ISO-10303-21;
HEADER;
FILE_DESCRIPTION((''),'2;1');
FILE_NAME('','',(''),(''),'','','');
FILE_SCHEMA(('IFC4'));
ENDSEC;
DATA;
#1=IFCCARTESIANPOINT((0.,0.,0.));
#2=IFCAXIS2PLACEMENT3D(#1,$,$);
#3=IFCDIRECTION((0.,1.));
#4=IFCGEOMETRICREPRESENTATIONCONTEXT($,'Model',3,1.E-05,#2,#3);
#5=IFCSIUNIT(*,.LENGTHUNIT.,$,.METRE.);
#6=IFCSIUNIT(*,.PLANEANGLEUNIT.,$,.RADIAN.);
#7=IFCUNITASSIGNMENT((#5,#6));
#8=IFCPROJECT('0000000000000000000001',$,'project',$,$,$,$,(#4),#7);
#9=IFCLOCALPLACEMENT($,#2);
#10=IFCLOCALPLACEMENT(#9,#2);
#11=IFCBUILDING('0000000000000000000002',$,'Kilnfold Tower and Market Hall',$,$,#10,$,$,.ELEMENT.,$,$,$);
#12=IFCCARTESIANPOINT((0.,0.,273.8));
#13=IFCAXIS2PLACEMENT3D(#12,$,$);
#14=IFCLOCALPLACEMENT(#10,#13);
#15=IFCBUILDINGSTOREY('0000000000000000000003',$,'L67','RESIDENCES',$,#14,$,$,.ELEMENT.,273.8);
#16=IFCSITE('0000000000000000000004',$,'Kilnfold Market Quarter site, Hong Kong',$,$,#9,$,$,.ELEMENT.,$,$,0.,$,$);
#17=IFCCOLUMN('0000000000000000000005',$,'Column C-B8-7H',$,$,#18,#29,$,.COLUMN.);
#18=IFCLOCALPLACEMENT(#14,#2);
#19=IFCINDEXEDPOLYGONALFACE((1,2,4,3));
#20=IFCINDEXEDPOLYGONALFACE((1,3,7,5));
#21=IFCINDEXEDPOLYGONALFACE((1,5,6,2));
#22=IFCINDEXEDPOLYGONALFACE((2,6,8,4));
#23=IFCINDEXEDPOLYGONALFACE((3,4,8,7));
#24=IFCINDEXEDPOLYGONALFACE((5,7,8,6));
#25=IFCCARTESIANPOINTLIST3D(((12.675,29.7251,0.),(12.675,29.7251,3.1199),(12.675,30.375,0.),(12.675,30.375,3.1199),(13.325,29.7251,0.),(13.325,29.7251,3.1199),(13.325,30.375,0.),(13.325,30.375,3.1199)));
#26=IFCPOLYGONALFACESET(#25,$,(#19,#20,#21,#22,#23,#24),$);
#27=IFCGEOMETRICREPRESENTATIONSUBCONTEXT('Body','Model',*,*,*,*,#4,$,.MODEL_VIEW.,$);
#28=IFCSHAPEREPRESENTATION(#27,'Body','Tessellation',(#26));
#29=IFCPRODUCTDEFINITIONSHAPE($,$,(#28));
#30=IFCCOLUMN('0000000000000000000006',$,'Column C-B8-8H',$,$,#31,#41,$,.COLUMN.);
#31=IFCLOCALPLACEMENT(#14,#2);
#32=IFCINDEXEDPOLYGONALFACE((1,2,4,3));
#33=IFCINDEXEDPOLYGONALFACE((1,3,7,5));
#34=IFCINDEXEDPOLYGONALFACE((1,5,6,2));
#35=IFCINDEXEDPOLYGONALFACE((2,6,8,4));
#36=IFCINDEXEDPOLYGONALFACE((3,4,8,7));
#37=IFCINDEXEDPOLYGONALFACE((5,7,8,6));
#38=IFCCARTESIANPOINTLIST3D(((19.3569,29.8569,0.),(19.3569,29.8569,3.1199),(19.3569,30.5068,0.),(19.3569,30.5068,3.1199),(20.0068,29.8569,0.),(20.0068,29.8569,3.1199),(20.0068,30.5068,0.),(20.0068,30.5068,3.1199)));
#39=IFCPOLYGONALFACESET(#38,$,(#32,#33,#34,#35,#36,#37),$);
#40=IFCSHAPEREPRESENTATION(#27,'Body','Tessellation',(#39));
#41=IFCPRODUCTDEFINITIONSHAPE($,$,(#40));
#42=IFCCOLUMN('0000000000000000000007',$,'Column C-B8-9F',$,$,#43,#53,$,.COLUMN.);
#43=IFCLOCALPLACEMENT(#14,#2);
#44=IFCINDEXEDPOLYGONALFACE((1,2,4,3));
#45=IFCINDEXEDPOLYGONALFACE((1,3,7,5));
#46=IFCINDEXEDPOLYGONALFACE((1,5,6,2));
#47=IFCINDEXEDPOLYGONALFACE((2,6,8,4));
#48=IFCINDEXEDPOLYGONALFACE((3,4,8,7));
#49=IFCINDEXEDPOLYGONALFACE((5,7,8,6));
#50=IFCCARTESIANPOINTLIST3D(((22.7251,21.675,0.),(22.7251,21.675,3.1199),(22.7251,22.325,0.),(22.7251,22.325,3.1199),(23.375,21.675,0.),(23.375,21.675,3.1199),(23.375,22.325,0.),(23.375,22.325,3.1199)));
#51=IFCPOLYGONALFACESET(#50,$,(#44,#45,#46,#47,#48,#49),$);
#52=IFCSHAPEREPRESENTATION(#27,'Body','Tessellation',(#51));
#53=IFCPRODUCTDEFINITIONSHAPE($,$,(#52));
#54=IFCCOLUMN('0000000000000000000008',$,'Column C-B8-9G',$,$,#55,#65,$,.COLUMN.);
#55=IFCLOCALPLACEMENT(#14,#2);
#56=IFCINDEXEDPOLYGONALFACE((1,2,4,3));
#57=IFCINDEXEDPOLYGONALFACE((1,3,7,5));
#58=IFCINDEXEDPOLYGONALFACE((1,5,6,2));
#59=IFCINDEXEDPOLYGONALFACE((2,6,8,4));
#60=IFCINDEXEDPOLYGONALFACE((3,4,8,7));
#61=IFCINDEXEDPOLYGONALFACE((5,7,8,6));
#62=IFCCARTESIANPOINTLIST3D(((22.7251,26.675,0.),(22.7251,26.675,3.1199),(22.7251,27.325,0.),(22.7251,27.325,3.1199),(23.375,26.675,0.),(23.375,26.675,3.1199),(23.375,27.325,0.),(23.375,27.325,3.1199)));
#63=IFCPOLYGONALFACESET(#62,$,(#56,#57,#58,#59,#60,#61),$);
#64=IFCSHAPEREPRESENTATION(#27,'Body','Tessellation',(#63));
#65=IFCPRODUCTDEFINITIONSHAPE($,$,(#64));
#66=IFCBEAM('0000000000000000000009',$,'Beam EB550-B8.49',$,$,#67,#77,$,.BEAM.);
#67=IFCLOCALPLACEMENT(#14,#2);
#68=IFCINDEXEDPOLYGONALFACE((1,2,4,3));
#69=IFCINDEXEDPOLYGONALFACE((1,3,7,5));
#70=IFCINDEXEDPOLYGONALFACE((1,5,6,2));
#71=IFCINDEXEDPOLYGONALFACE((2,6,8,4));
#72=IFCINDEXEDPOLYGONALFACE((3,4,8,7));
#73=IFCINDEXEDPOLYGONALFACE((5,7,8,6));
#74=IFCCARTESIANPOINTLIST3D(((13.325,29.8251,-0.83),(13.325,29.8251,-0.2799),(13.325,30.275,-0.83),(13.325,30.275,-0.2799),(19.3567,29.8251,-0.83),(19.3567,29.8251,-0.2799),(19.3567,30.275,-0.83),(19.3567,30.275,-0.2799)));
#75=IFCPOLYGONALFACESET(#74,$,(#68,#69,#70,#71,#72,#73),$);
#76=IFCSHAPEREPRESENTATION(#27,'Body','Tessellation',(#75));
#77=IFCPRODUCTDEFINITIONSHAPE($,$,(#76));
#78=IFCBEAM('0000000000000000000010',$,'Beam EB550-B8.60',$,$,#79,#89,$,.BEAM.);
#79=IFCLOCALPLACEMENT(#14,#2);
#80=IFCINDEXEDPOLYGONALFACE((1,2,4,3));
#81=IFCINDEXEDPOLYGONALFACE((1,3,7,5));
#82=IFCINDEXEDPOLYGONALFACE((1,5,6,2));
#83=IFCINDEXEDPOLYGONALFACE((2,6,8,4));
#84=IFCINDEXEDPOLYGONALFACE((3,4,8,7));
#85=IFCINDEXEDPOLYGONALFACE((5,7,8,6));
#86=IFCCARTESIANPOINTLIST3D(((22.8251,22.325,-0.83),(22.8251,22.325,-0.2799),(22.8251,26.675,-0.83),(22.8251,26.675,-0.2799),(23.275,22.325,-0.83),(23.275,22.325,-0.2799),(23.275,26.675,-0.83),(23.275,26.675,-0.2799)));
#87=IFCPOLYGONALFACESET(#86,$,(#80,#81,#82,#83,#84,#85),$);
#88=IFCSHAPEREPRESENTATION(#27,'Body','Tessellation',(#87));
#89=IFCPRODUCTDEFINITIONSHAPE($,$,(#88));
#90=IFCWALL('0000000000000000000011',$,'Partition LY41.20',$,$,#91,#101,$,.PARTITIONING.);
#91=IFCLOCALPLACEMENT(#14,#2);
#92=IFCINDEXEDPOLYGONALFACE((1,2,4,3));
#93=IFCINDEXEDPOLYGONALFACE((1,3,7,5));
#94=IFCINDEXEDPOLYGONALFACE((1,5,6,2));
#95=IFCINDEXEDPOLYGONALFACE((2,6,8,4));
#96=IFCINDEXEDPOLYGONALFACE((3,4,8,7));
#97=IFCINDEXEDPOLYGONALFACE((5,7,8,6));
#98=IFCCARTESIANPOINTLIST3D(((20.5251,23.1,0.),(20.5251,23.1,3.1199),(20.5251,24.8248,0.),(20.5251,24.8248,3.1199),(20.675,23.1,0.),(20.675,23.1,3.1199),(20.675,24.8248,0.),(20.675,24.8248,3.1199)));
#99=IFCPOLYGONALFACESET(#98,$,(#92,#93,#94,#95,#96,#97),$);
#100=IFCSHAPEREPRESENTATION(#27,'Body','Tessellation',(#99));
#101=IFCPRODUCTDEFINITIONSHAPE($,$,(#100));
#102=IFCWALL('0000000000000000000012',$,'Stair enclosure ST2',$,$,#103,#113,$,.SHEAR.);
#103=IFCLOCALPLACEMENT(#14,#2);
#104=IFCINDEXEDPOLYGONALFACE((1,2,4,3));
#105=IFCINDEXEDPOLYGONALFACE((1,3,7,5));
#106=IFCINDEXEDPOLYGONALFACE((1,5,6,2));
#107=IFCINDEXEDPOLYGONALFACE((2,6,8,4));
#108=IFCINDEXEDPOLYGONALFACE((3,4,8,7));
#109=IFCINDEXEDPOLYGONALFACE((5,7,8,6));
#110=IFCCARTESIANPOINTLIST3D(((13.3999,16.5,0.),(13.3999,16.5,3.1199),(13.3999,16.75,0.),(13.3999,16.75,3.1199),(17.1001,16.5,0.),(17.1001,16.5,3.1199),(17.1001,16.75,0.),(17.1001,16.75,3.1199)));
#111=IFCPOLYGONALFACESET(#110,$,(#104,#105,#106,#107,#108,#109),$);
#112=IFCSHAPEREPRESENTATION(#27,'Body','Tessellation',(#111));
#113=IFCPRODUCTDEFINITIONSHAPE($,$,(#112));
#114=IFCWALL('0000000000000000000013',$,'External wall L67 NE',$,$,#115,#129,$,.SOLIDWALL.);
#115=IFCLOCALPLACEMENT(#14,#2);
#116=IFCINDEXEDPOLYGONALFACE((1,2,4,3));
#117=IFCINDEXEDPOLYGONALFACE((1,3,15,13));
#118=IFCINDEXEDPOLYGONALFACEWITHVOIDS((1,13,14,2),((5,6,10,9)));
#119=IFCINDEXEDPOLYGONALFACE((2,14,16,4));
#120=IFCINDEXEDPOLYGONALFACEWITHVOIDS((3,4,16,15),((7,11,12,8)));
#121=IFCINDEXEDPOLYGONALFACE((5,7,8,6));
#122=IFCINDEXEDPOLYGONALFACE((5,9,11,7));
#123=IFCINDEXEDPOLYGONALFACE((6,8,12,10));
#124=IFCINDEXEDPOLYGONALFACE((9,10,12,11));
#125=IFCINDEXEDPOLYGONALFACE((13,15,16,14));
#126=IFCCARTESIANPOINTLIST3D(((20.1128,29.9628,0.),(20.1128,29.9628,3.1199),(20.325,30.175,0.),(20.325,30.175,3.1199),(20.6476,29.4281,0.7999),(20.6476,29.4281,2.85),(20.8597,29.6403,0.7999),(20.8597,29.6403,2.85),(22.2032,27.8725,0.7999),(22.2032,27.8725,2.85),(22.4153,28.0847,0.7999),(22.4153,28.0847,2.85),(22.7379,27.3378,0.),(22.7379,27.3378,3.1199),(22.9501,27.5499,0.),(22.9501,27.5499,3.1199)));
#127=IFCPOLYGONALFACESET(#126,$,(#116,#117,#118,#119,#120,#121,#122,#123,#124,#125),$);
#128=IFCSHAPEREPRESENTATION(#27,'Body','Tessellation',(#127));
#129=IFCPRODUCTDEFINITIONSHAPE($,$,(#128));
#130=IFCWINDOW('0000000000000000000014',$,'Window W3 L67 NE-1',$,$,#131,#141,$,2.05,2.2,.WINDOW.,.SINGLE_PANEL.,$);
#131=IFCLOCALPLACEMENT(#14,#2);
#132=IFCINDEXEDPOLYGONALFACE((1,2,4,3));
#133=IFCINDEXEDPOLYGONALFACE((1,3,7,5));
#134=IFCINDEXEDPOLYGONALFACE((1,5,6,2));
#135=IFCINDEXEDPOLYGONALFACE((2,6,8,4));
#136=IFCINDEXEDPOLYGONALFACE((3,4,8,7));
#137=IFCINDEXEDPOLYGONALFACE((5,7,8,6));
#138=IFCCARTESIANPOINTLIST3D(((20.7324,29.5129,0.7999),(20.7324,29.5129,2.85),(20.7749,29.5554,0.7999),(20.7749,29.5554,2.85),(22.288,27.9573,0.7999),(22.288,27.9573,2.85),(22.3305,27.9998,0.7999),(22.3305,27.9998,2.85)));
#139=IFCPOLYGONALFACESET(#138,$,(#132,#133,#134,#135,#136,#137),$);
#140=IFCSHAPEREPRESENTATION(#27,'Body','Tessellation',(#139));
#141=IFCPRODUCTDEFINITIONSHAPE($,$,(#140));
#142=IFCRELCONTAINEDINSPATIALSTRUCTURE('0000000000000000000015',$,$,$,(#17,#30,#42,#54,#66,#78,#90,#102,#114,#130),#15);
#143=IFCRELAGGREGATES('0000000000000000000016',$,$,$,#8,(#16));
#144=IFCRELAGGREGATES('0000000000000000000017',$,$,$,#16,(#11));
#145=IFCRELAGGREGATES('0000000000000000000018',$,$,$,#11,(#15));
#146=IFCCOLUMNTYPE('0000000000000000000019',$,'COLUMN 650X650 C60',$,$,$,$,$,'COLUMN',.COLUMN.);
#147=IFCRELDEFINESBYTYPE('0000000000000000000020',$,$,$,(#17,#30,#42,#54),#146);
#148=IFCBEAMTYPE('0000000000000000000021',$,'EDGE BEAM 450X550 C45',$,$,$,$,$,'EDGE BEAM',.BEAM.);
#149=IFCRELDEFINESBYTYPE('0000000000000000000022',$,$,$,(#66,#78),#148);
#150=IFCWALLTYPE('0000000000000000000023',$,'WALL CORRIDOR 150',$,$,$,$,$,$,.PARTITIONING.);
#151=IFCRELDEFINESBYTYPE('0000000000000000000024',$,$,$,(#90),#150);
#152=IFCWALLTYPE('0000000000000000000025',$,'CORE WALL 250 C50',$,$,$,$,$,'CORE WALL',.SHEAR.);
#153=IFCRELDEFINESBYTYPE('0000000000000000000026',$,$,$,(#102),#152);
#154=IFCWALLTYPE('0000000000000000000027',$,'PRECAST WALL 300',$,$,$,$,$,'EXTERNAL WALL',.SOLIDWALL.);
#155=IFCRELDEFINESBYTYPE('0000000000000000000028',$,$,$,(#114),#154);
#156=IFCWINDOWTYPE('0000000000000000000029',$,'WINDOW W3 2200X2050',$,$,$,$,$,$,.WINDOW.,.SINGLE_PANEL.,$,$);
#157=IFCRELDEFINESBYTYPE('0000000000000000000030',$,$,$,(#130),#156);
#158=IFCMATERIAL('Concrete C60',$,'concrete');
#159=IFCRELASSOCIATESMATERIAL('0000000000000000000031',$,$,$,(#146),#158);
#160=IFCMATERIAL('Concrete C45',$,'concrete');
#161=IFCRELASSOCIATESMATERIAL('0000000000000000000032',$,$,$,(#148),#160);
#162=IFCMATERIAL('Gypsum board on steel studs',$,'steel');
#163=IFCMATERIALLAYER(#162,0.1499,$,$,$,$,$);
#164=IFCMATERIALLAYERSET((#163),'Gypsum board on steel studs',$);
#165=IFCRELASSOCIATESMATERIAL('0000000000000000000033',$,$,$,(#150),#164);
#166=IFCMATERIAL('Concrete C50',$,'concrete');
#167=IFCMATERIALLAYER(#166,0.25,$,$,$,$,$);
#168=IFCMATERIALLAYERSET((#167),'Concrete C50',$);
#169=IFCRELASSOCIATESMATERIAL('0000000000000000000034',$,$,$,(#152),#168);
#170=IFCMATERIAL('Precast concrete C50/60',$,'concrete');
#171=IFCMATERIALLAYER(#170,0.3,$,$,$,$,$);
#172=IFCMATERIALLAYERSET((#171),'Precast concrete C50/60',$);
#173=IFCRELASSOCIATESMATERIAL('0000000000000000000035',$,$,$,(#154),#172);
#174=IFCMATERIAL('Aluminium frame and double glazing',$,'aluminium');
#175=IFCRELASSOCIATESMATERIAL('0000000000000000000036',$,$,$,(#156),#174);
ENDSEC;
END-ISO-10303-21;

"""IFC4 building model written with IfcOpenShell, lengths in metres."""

from ifc_helpers import new_model, si_unit, direction, frame, frame_2d, origin, origin_2d, place, context, subcontext, project, spatial, rectangle, extrude, source, transform, mapped, material, layer, layer_set, material_profile, profile_set, type_object, element, fill, save


model = new_model("IFC4")

# Units and contexts
model_context = context("Model", 3, precision=1e-05, world=origin(), true_north=direction((0.0, 1.0)))
body_context = subcontext(model_context, "Body", "Model", "MODEL_VIEW")
ifc_project = project(units=[si_unit("LENGTHUNIT", "METRE"), si_unit("PLANEANGLEUNIT", "RADIAN")], contexts=[model_context])

# Site, building, storey
site_placement = place(None, origin())
site = spatial("IfcSite", under=ifc_project, at=site_placement, Name="Kilnfold Market Quarter site, Hong Kong", CompositionType="ELEMENT", RefElevation=0.0)
building_placement = place(site_placement, origin())
building = spatial("IfcBuilding", under=site, at=building_placement, Name="Kilnfold Tower and Market Hall", CompositionType="ELEMENT")
storey_placement = place(building_placement, frame((0.0, 0.0, 273.8)))
storey = spatial("IfcBuildingStorey", under=building, at=storey_placement, Name="L67", Description="RESIDENCES", CompositionType="ELEMENT", Elevation=273.8)

# Columns
ifc_material_1 = material(Name="Concrete C60", Category="concrete")
ifc_material_profile_1 = material_profile(ifc_material_1, rectangle(XDim=0.6499, YDim=0.6499, at=origin_2d()), Name="RC 650x650")
ifc_profile_set_1 = profile_set([ifc_material_profile_1], Name="Concrete C60")
column_type = type_object("IfcColumnType", Name="COLUMN 650X650 C60", ElementType="COLUMN", PredefinedType="COLUMN", material=ifc_profile_set_1)
shared_shape_1 = source(origin(), body_context, "Body", "SweptSolid", [
    extrude(rectangle(XDim=0.6499, YDim=0.6499, at=origin_2d()), origin(), (0.0, 0.0, 1.0), 3.1199),
])
for number, where, z_axis, x_axis, name in (
    (1, (13.0, 30.05, 0.0), (0.0, 0.0, 1.0), (1.0, 0.0, 0.0), "Column C-B8-7H"),
    (2, (19.6819, 30.1819, 0.0), (0.0, 0.0, 1.0), (1.0, 0.0, 0.0), "Column C-B8-8H"),
    (3, (23.05, 22.0, 0.0), (0.0, 0.0, 1.0), (1.0, 0.0, 0.0), "Column C-B8-9F"),
    (4, (23.05, 27.0, 0.0), (0.0, 0.0, 1.0), (1.0, 0.0, 0.0), "Column C-B8-9G"),
):
    element("IfcColumn", number, at=place(storey_placement, frame(where, z_axis=z_axis, x_axis=x_axis)), inside=storey, type_object=column_type, Name=name, PredefinedType="COLUMN", context=body_context, shape_type="MappedRepresentation", body=[
        mapped(shared_shape_1, transform((0.0, 0.0, 0.0))),
    ])

# Beams
ifc_material_2 = material(Name="Concrete C45", Category="concrete")
ifc_material_profile_2 = material_profile(ifc_material_2, rectangle(XDim=0.45, YDim=0.55, at=origin_2d()), Name="RC 450x550")
ifc_profile_set_2 = profile_set([ifc_material_profile_2], Name="Concrete C45")
beam_type = type_object("IfcBeamType", Name="EDGE BEAM 450X550 C45", ElementType="EDGE BEAM", PredefinedType="BEAM", material=ifc_profile_set_2)
shared_shape_2 = source(origin(), body_context, "Body", "SweptSolid", [
    extrude(rectangle(XDim=0.45, YDim=0.55, at=origin_2d()), origin(), (0.0, 0.0, 1.0), 6.0317),
])
beam_1_placement = place(storey_placement, frame((13.325, 30.05, -0.5549), z_axis=(1.0, 0.0, 0.0), x_axis=(0.0, 1.0, 0.0)))
element("IfcBeam", 5, at=beam_1_placement, inside=storey, type_object=beam_type, Name="Beam EB550-B8.49", PredefinedType="BEAM", context=body_context, shape_type="MappedRepresentation", body=[
    mapped(shared_shape_2, transform((0.0, 0.0, 0.0))),
])
shared_shape_3 = source(origin(), body_context, "Body", "SweptSolid", [
    extrude(rectangle(XDim=0.45, YDim=0.55, at=origin_2d()), origin(), (0.0, 0.0, 1.0), 4.3501),
])
beam_2_placement = place(storey_placement, frame((23.05, 22.325, -0.5549), z_axis=(0.0, 1.0, 0.0), x_axis=(-1.0, 0.0, 0.0)))
element("IfcBeam", 6, at=beam_2_placement, inside=storey, type_object=beam_type, Name="Beam EB550-B8.60", PredefinedType="BEAM", context=body_context, shape_type="MappedRepresentation", body=[
    mapped(shared_shape_3, transform((0.0, 0.0, 0.0))),
])

# Walls
ifc_material_3 = material(Name="Gypsum board on steel studs", Category="steel")
ifc_layer_1 = layer(ifc_material_3, 0.1499)
ifc_layer_set_1 = layer_set([ifc_layer_1], Name="Gypsum board on steel studs")
wall_type_1 = type_object("IfcWallType", Name="WALL CORRIDOR 150", PredefinedType="PARTITIONING", material=ifc_layer_set_1)
wall_1_placement = place(storey_placement, frame((20.6001, 23.1001, 0.0), z_axis=(0.0, 0.0, 1.0), x_axis=(0.0, 1.0, 0.0)))
element("IfcWall", 7, at=wall_1_placement, inside=storey, type_object=wall_type_1, Name="Partition LY41.20", PredefinedType="PARTITIONING", context=body_context, shape_type="SweptSolid", body=[
    extrude(rectangle(XDim=1.7249, YDim=0.1499, at=frame_2d((0.8623, 0.0))), origin(), (0.0, 0.0, 1.0), 3.1199),
])
ifc_material_4 = material(Name="Concrete C50", Category="concrete")
ifc_layer_2 = layer(ifc_material_4, 0.25)
ifc_layer_set_2 = layer_set([ifc_layer_2], Name="Concrete C50")
wall_type_2 = type_object("IfcWallType", Name="CORE WALL 250 C50", ElementType="CORE WALL", PredefinedType="SHEAR", material=ifc_layer_set_2)
shared_shape_4 = source(origin(), body_context, "Body", "SweptSolid", [
    extrude(rectangle(XDim=3.7002, YDim=0.25, at=frame_2d((1.8501, 0.0))), origin(), (0.0, 0.0, 1.0), 3.1199),
])
wall_2_placement = place(storey_placement, frame((13.3999, 16.625, 0.0), z_axis=(0.0, 0.0, 1.0), x_axis=(1.0, 0.0, 0.0)))
element("IfcWall", 8, at=wall_2_placement, inside=storey, type_object=wall_type_2, Name="Stair enclosure ST2", PredefinedType="SHEAR", context=body_context, shape_type="MappedRepresentation", body=[
    mapped(shared_shape_4, transform((0.0, 0.0, 0.0))),
])

# Wall, opening, window
ifc_material_5 = material(Name="Precast concrete C50/60", Category="concrete")
ifc_layer_3 = layer(ifc_material_5, 0.3)
ifc_layer_set_3 = layer_set([ifc_layer_3], Name="Precast concrete C50/60")
wall_type_3 = type_object("IfcWallType", Name="PRECAST WALL 300", ElementType="EXTERNAL WALL", PredefinedType="SOLIDWALL", material=ifc_layer_set_3)
shared_shape_5 = source(origin(), body_context, "Body", "SweptSolid", [
    extrude(rectangle(XDim=3.7124, YDim=0.3, at=frame_2d((1.8562, 0.0))), origin(), (0.0, 0.0, 1.0), 3.1199),
])
wall_3_placement = place(storey_placement, frame((22.844, 27.4438, 0.0), z_axis=(0.0, 0.0, 1.0), x_axis=(-0.707107, 0.707107, 0.0)))
wall_3 = element("IfcWall", 9, at=wall_3_placement, inside=storey, type_object=wall_type_3, Name="External wall L67 NE", PredefinedType="SOLIDWALL", context=body_context, shape_type="MappedRepresentation", body=[
    mapped(shared_shape_5, transform((0.0, 0.0, 0.0))),
])
opening_1_placement = place(wall_3_placement, frame((0.7561, 0.0, 0.8)))
opening_1 = element("IfcOpeningElement", 10, at=opening_1_placement, cuts=wall_3, PredefinedType="OPENING", context=body_context, shape_type="SweptSolid", body=[
    extrude(rectangle(XDim=2.2, YDim=2.05, at=frame_2d((1.1001, 1.0249))), frame((0.0, 0.1602, 0.0), z_axis=(0.0, -1.0, 0.0), x_axis=(1.0, 0.0, 0.0)), (0.0, 0.0, 1.0), 0.3201),
])
ifc_material_6 = material(Name="Aluminium frame and double glazing", Category="aluminium")
window_type_1 = type_object("IfcWindowType", Name="WINDOW W3 2200X2050", PartitioningType="SINGLE_PANEL", PredefinedType="WINDOW", material=ifc_material_6)
window_1_placement = place(opening_1_placement, origin())
window_1 = element("IfcWindow", 11, at=window_1_placement, inside=storey, type_object=window_type_1, Name="Window W3 L67 NE-1", OverallHeight=2.05, OverallWidth=2.2, PartitioningType="SINGLE_PANEL", PredefinedType="WINDOW", context=body_context, shape_type="SweptSolid", body=[
    extrude(rectangle(XDim=2.2, YDim=2.05, at=frame_2d((1.1001, 1.0249))), frame((0.0, 0.03, 0.0), z_axis=(0.0, -1.0, 0.0), x_axis=(1.0, 0.0, 0.0)), (0.0, 0.0, 1.0), 0.0601),
])
fill(opening_1, window_1)

save(model, "model.ifc")
